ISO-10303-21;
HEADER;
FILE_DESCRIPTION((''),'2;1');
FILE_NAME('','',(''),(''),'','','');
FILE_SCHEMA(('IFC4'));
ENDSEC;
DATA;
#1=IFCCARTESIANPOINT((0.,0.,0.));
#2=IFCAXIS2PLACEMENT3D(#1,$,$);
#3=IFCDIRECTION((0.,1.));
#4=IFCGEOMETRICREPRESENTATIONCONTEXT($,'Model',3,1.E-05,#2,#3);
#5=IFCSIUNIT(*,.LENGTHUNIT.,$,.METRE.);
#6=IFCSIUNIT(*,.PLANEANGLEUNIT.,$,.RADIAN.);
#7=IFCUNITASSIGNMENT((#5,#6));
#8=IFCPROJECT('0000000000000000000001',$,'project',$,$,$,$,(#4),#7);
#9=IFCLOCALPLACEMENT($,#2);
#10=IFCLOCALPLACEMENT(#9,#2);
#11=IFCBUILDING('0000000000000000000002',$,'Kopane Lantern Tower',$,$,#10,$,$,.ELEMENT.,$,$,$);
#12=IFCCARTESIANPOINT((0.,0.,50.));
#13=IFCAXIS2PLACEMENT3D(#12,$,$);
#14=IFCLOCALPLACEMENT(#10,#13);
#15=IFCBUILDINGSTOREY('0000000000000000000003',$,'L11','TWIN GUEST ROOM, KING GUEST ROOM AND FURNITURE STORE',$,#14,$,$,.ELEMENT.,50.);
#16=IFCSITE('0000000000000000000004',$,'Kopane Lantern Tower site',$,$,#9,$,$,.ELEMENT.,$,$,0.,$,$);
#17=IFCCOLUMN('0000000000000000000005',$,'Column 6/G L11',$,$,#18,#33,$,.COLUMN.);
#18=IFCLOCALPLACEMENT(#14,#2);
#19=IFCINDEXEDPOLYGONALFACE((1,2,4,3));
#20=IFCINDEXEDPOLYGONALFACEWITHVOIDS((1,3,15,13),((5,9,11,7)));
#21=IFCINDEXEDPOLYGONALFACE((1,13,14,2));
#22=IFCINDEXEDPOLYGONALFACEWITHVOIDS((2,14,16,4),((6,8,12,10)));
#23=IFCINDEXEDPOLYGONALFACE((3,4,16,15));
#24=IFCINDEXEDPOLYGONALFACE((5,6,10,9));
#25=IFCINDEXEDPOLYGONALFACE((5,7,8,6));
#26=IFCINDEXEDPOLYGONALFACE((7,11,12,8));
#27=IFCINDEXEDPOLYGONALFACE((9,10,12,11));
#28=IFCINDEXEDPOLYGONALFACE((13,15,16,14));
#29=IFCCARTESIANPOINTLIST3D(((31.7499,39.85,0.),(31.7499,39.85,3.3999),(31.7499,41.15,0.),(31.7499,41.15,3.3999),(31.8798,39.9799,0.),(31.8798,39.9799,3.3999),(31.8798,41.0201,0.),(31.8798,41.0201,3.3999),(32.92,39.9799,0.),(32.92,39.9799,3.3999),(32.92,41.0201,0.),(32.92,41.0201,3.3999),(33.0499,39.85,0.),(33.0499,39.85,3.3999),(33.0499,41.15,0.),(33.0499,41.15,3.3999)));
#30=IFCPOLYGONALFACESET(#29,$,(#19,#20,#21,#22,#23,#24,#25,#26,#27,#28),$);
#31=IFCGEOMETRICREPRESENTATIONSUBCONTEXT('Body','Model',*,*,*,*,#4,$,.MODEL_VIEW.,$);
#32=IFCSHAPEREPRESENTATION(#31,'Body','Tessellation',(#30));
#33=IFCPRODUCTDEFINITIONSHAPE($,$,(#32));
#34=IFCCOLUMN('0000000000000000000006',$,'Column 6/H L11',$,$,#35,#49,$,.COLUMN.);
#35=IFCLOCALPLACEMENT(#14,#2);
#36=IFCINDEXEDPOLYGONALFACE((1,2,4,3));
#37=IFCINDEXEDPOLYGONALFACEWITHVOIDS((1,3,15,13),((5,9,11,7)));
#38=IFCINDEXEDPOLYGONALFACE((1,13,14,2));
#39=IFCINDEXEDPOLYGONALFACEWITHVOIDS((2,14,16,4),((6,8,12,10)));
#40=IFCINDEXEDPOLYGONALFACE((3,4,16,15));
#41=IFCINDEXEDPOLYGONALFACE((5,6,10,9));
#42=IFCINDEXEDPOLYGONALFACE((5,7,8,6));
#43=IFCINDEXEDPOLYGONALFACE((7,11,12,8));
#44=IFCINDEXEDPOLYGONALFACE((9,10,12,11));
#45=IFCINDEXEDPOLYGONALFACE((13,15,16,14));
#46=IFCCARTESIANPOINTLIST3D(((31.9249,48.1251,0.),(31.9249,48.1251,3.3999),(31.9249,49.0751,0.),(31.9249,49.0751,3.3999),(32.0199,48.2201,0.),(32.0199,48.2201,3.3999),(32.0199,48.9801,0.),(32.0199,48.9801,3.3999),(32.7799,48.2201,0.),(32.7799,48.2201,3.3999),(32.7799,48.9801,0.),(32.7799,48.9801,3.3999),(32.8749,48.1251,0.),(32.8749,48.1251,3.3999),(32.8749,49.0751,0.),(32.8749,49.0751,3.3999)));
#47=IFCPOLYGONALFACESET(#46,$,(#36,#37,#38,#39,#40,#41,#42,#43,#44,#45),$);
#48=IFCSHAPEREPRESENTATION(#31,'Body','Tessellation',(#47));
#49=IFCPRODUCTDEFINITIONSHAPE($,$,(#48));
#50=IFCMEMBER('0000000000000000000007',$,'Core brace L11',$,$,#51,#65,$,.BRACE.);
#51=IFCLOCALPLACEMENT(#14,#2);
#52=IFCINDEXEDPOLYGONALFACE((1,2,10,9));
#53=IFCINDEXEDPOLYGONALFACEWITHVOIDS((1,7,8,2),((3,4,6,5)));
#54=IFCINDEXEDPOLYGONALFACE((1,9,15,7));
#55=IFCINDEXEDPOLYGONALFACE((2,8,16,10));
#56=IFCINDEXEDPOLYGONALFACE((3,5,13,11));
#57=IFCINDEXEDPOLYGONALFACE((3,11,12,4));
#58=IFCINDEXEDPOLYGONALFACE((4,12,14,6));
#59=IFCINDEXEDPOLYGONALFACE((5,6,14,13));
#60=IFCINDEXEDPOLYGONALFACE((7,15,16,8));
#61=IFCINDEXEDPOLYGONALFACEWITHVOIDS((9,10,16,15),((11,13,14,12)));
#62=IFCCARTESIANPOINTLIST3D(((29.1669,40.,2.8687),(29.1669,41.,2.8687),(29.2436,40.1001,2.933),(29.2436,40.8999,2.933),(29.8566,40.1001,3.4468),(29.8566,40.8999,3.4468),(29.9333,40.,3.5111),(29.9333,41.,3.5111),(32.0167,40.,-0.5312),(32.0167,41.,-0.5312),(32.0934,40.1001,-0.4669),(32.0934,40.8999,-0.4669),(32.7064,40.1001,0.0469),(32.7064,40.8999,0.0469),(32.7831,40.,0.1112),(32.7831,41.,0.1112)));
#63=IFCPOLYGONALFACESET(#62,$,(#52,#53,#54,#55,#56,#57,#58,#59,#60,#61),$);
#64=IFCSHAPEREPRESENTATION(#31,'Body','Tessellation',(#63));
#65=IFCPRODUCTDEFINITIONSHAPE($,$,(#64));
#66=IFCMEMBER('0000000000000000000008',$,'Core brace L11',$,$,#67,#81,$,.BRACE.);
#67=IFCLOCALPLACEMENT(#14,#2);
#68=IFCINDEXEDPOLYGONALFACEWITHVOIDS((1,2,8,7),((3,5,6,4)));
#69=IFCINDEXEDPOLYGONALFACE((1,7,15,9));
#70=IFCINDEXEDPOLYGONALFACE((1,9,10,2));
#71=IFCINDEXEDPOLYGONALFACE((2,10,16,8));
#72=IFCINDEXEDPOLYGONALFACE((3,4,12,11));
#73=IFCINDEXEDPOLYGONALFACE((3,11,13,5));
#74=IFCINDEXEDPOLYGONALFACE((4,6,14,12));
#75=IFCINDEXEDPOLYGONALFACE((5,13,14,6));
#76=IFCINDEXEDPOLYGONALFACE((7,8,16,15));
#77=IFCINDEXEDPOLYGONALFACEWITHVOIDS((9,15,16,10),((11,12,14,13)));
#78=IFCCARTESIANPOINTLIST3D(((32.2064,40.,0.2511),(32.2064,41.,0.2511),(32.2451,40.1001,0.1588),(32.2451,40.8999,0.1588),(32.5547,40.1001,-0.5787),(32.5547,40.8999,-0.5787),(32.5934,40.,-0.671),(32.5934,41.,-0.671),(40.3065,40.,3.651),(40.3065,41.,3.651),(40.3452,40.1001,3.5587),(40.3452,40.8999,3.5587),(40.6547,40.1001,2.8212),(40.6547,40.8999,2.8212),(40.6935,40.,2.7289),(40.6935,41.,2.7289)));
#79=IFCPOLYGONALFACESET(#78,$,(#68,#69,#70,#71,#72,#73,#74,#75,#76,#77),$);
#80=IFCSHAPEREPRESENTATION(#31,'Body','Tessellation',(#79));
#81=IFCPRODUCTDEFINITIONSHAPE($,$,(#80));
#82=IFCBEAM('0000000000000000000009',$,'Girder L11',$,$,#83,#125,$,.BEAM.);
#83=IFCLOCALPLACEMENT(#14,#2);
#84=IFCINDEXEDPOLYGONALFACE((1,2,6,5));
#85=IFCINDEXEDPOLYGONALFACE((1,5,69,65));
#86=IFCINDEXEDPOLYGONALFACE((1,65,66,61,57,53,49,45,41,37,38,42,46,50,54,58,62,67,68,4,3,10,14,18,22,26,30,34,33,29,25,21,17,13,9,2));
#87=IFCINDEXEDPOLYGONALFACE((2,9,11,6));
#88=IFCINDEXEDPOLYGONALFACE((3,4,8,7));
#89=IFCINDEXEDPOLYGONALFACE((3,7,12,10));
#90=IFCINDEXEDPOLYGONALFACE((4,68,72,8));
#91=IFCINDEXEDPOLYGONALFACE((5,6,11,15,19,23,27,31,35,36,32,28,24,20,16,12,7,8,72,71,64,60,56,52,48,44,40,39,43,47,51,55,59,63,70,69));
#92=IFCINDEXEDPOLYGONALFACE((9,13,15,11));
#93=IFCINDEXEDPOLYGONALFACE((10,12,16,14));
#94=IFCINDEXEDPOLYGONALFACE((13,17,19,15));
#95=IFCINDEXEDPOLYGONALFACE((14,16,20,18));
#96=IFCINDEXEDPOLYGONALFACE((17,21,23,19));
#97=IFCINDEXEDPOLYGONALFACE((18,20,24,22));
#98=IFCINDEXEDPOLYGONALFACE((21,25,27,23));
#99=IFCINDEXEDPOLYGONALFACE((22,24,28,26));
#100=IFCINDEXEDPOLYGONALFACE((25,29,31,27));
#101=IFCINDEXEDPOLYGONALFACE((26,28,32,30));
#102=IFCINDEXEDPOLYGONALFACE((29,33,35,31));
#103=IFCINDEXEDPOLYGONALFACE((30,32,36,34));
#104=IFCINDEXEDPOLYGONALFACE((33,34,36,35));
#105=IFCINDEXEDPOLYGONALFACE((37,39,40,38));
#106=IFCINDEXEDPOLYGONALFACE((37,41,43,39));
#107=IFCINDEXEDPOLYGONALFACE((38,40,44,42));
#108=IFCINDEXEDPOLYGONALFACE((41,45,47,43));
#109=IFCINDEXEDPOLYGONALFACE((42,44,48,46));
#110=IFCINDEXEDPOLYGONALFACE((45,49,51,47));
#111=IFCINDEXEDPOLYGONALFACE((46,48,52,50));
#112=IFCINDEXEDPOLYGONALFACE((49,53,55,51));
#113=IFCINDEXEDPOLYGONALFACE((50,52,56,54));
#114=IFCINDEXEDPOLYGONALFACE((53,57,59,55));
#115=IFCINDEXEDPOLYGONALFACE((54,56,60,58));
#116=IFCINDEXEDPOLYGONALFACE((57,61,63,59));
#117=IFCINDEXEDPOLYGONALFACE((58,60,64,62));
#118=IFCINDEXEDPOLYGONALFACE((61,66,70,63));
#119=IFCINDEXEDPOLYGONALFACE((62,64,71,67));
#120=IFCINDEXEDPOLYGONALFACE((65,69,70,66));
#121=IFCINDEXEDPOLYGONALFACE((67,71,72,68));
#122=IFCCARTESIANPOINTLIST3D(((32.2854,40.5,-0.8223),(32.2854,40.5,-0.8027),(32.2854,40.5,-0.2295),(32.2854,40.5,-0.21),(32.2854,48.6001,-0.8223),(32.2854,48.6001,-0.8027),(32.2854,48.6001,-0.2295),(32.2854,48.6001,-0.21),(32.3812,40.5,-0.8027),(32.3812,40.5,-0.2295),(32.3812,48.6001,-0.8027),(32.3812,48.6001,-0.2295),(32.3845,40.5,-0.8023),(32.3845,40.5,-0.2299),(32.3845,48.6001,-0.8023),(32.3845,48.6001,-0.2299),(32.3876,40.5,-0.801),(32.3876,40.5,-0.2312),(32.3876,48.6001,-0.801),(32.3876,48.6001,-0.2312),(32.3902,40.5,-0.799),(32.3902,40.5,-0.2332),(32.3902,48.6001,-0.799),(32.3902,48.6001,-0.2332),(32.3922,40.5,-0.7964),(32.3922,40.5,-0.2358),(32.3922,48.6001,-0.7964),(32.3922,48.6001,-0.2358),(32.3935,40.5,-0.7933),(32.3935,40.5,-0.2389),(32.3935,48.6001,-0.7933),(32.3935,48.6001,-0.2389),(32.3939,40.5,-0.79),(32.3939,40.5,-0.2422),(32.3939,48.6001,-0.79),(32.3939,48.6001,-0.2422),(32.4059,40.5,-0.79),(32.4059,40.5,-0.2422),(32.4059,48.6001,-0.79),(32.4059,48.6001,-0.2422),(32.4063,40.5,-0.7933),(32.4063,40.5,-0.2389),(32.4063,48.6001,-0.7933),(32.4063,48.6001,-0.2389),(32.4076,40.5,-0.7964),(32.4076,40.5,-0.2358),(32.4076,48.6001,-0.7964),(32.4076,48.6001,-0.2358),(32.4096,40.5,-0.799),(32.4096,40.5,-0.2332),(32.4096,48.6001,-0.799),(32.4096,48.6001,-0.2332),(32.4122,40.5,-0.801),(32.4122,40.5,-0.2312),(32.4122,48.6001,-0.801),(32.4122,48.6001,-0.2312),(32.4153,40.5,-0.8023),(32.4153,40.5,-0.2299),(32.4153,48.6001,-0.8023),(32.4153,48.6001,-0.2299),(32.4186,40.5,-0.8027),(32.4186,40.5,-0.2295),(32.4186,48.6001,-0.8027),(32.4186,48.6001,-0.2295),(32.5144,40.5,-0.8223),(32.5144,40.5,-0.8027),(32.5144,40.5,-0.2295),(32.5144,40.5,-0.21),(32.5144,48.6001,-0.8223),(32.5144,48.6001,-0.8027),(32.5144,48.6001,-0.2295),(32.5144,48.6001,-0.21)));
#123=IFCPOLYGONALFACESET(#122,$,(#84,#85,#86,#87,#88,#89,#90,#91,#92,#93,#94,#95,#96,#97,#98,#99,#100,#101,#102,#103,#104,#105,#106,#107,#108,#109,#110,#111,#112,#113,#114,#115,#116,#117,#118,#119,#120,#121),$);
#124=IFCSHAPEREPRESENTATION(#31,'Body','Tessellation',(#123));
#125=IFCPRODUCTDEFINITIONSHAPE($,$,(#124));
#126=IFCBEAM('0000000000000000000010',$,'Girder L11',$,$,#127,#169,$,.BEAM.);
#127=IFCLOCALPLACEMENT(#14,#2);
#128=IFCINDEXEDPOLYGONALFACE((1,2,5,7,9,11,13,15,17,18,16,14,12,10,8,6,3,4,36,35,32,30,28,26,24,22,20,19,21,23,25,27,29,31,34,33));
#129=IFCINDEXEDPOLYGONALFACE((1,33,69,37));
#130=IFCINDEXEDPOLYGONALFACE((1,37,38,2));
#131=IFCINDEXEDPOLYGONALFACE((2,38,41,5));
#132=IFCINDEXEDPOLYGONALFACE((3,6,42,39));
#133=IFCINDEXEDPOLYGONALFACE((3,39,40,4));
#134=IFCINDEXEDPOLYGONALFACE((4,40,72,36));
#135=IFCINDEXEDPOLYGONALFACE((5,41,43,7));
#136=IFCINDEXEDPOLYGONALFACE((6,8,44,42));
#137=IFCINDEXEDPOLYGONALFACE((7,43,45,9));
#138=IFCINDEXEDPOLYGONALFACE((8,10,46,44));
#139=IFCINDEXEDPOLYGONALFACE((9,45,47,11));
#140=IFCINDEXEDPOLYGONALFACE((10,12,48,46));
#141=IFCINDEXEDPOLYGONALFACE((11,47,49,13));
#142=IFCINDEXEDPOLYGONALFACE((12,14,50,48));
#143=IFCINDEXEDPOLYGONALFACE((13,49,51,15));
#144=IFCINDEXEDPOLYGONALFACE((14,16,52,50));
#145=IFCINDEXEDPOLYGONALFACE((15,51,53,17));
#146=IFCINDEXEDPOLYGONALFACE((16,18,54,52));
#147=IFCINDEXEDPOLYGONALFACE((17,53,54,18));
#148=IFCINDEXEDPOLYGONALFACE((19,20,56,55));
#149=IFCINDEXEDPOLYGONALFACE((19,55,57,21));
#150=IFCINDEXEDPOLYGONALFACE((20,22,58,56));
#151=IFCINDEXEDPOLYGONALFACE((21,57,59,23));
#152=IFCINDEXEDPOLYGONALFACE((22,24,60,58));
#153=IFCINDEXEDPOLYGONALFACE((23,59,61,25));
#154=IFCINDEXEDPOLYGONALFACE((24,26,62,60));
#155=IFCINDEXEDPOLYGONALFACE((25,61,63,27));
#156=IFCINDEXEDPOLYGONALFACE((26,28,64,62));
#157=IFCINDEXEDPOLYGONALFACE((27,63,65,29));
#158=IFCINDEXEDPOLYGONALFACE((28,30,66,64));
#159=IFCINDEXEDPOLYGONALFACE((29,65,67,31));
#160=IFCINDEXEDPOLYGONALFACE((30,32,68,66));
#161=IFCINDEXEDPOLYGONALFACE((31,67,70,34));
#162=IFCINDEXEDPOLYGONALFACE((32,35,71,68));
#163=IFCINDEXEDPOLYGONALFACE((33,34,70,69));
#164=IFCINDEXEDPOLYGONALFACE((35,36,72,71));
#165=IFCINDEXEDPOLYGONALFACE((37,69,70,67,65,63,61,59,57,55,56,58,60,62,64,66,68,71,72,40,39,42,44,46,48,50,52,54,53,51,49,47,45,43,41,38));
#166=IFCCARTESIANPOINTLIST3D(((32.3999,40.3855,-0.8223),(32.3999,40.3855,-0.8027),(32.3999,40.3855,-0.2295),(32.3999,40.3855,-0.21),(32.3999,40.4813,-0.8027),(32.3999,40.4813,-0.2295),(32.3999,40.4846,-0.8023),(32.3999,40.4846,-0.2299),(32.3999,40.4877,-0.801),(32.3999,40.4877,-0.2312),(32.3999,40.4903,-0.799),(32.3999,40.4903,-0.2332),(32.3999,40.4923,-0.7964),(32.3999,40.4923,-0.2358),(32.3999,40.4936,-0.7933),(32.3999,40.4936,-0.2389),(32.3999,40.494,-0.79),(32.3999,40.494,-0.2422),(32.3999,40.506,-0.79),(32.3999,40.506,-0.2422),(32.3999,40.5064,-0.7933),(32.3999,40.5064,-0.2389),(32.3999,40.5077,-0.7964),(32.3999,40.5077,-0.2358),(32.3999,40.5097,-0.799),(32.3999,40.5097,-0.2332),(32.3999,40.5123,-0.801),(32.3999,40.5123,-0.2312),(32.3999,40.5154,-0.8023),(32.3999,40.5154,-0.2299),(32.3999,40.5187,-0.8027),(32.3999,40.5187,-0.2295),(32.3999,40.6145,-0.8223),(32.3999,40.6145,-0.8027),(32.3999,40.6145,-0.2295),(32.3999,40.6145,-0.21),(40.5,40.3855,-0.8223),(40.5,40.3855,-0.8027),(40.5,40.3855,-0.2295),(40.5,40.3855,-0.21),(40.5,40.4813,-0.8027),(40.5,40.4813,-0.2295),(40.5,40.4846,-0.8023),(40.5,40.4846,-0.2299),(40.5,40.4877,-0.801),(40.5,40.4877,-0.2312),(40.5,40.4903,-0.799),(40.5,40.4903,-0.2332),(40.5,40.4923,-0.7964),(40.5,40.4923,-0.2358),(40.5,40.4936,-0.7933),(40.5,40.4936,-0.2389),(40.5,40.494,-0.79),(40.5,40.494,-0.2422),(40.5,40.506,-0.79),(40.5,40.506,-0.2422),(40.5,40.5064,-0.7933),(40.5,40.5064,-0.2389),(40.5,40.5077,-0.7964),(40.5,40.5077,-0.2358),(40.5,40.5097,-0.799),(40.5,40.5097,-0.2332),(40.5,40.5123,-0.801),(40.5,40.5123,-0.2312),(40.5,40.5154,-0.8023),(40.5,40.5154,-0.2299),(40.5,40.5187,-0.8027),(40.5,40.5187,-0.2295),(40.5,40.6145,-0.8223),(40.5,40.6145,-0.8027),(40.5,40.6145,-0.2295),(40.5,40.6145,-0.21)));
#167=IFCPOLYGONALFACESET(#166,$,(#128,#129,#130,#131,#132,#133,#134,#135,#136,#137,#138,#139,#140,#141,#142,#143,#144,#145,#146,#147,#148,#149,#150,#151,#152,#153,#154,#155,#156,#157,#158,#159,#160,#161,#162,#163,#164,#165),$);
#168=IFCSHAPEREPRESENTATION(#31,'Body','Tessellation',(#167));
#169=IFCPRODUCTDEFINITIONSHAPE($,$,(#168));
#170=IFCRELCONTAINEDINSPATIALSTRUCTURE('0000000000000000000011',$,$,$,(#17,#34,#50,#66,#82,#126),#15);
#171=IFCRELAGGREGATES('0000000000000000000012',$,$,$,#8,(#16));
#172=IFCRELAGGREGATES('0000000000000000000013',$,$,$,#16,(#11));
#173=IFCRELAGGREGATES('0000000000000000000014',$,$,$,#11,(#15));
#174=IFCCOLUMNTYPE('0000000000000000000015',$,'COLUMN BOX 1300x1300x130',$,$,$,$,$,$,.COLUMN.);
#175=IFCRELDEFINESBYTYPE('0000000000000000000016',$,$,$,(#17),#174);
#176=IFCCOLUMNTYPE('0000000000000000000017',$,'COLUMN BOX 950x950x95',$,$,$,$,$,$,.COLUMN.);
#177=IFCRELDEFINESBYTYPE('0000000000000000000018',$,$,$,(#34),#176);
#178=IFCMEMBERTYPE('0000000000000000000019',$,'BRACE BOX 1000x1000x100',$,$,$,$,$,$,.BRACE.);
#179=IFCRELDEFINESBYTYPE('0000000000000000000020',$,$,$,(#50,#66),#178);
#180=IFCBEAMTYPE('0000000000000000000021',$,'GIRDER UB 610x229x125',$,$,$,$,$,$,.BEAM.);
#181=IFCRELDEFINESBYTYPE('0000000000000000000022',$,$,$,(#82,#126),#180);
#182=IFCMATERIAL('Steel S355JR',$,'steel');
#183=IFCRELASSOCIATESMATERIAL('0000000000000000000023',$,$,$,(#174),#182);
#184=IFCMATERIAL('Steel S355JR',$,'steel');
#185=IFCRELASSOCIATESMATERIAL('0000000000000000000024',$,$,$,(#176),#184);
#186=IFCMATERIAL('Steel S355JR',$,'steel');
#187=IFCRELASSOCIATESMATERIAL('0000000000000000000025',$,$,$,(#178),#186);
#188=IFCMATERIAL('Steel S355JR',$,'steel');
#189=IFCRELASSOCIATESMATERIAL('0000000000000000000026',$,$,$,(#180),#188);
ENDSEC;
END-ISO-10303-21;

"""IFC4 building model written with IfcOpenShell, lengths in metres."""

from ifc_helpers import new_model, si_unit, direction, frame, origin, origin_2d, place, context, subcontext, project, spatial, hollow_rectangle, i_section, extrude, material, material_profile, profile_set, type_object, element, save


model = new_model("IFC4")

# Units and contexts
model_context = context("Model", 3, precision=1e-05, world=origin(), true_north=direction((0.0, 1.0)))
body_context = subcontext(model_context, "Body", "Model", "MODEL_VIEW")
ifc_project = project(units=[si_unit("LENGTHUNIT", "METRE"), si_unit("PLANEANGLEUNIT", "RADIAN")], contexts=[model_context])

# Site, building, storey
site_placement = place(None, origin())
site = spatial("IfcSite", under=ifc_project, at=site_placement, Name="Kopane Lantern Tower site", CompositionType="ELEMENT", RefElevation=0.0)
building_placement = place(site_placement, origin())
building = spatial("IfcBuilding", under=site, at=building_placement, Name="Kopane Lantern Tower", CompositionType="ELEMENT")
storey_placement = place(building_placement, frame((0.0, 0.0, 50.0)))
storey = spatial("IfcBuildingStorey", under=building, at=storey_placement, Name="L11", Description="TWIN GUEST ROOM, KING GUEST ROOM AND FURNITURE STORE", CompositionType="ELEMENT", Elevation=50.0)

# Columns
ifc_material_1 = material(Name="Steel S355JR", Category="steel")
ifc_material_profile_1 = material_profile(ifc_material_1, hollow_rectangle(XDim=1.3, YDim=1.3, WallThickness=0.1299, at=origin_2d()), Name="BOX 1300x1300x130")
ifc_profile_set_1 = profile_set([ifc_material_profile_1], Name="Steel S355JR")
column_type_1 = type_object("IfcColumnType", Name="COLUMN BOX 1300x1300x130", PredefinedType="COLUMN", material=ifc_profile_set_1)
column_1_placement = place(storey_placement, frame((32.3999, 40.5, 0.0), z_axis=(0.0, 0.0, 1.0), x_axis=(1.0, 0.0, 0.0)))
element("IfcColumn", 1, at=column_1_placement, inside=storey, type_object=column_type_1, Name="Column 6/G L11", PredefinedType="COLUMN", context=body_context, shape_type="SweptSolid", body=[
    extrude(hollow_rectangle(XDim=1.3, YDim=1.3, WallThickness=0.1299, at=origin_2d()), origin(), (0.0, 0.0, 1.0), 3.3999),
])
ifc_material_2 = material(Name="Steel S355JR", Category="steel")
ifc_material_profile_2 = material_profile(ifc_material_2, hollow_rectangle(XDim=0.95, YDim=0.95, WallThickness=0.095, at=origin_2d()), Name="BOX 950x950x95")
ifc_profile_set_2 = profile_set([ifc_material_profile_2], Name="Steel S355JR")
column_type_2 = type_object("IfcColumnType", Name="COLUMN BOX 950x950x95", PredefinedType="COLUMN", material=ifc_profile_set_2)
column_2_placement = place(storey_placement, frame((32.3999, 48.6001, 0.0), z_axis=(0.0, 0.0, 1.0), x_axis=(1.0, 0.0, 0.0)))
element("IfcColumn", 2, at=column_2_placement, inside=storey, type_object=column_type_2, Name="Column 6/H L11", PredefinedType="COLUMN", context=body_context, shape_type="SweptSolid", body=[
    extrude(hollow_rectangle(XDim=0.95, YDim=0.95, WallThickness=0.095, at=origin_2d()), origin(), (0.0, 0.0, 1.0), 3.3999),
])

# Members
ifc_material_3 = material(Name="Steel S355JR", Category="steel")
ifc_material_profile_3 = material_profile(ifc_material_3, hollow_rectangle(XDim=1.0, YDim=1.0, WallThickness=0.1001, at=origin_2d()), Name="BOX 1000x1000x100")
ifc_profile_set_3 = profile_set([ifc_material_profile_3], Name="Steel S355JR")
member_type = type_object("IfcMemberType", Name="BRACE BOX 1000x1000x100", PredefinedType="BRACE", material=ifc_profile_set_3)
member_1_placement = place(storey_placement, frame((32.3999, 40.5, -0.21), z_axis=(-0.64239, 0.0, 0.766378), x_axis=(0.0, -1.0, 0.0)))
element("IfcMember", 3, at=member_1_placement, inside=storey, type_object=member_type, Name="Core brace L11", PredefinedType="BRACE", context=body_context, shape_type="SweptSolid", body=[
    extrude(hollow_rectangle(XDim=1.0, YDim=1.0, WallThickness=0.1001, at=origin_2d()), origin(), (0.0, 0.0, 1.0), 4.4363),
])
member_2_placement = place(storey_placement, frame((32.3999, 40.5, -0.21), z_axis=(0.922069, 0.0, 0.387026), x_axis=(0.0, 1.0, 0.0)))
element("IfcMember", 4, at=member_2_placement, inside=storey, type_object=member_type, Name="Core brace L11", PredefinedType="BRACE", context=body_context, shape_type="SweptSolid", body=[
    extrude(hollow_rectangle(XDim=1.0, YDim=1.0, WallThickness=0.1001, at=origin_2d()), origin(), (0.0, 0.0, 1.0), 8.7847),
])

# Beams
ifc_material_4 = material(Name="Steel S355JR", Category="steel")
ifc_material_profile_4 = material_profile(ifc_material_4, i_section(OverallWidth=0.229, OverallDepth=0.6123, WebThickness=0.012, FlangeThickness=0.0195, FilletRadius=0.0127, at=origin_2d()), Name="UB 610x229x125")
ifc_profile_set_4 = profile_set([ifc_material_profile_4], Name="Steel S355JR")
beam_type = type_object("IfcBeamType", Name="GIRDER UB 610x229x125", PredefinedType="BEAM", material=ifc_profile_set_4)
for number, where, z_axis, x_axis, name in (
    (5, (32.3999, 40.5, -0.5161), (0.0, 1.0, 0.0), (-1.0, 0.0, 0.0), "Girder L11"),
    (6, (32.3999, 40.5, -0.5161), (1.0, 0.0, 0.0), (0.0, 1.0, 0.0), "Girder L11"),
):
    element("IfcBeam", number, at=place(storey_placement, frame(where, z_axis=z_axis, x_axis=x_axis)), inside=storey, type_object=beam_type, Name=name, PredefinedType="BEAM", context=body_context, shape_type="SweptSolid", body=[
        extrude(i_section(OverallWidth=0.229, OverallDepth=0.6123, WebThickness=0.012, FlangeThickness=0.0195, FilletRadius=0.0127, at=origin_2d()), origin(), (0.0, 0.0, 1.0), 8.1001),
    ])

save(model, "model.ifc")
